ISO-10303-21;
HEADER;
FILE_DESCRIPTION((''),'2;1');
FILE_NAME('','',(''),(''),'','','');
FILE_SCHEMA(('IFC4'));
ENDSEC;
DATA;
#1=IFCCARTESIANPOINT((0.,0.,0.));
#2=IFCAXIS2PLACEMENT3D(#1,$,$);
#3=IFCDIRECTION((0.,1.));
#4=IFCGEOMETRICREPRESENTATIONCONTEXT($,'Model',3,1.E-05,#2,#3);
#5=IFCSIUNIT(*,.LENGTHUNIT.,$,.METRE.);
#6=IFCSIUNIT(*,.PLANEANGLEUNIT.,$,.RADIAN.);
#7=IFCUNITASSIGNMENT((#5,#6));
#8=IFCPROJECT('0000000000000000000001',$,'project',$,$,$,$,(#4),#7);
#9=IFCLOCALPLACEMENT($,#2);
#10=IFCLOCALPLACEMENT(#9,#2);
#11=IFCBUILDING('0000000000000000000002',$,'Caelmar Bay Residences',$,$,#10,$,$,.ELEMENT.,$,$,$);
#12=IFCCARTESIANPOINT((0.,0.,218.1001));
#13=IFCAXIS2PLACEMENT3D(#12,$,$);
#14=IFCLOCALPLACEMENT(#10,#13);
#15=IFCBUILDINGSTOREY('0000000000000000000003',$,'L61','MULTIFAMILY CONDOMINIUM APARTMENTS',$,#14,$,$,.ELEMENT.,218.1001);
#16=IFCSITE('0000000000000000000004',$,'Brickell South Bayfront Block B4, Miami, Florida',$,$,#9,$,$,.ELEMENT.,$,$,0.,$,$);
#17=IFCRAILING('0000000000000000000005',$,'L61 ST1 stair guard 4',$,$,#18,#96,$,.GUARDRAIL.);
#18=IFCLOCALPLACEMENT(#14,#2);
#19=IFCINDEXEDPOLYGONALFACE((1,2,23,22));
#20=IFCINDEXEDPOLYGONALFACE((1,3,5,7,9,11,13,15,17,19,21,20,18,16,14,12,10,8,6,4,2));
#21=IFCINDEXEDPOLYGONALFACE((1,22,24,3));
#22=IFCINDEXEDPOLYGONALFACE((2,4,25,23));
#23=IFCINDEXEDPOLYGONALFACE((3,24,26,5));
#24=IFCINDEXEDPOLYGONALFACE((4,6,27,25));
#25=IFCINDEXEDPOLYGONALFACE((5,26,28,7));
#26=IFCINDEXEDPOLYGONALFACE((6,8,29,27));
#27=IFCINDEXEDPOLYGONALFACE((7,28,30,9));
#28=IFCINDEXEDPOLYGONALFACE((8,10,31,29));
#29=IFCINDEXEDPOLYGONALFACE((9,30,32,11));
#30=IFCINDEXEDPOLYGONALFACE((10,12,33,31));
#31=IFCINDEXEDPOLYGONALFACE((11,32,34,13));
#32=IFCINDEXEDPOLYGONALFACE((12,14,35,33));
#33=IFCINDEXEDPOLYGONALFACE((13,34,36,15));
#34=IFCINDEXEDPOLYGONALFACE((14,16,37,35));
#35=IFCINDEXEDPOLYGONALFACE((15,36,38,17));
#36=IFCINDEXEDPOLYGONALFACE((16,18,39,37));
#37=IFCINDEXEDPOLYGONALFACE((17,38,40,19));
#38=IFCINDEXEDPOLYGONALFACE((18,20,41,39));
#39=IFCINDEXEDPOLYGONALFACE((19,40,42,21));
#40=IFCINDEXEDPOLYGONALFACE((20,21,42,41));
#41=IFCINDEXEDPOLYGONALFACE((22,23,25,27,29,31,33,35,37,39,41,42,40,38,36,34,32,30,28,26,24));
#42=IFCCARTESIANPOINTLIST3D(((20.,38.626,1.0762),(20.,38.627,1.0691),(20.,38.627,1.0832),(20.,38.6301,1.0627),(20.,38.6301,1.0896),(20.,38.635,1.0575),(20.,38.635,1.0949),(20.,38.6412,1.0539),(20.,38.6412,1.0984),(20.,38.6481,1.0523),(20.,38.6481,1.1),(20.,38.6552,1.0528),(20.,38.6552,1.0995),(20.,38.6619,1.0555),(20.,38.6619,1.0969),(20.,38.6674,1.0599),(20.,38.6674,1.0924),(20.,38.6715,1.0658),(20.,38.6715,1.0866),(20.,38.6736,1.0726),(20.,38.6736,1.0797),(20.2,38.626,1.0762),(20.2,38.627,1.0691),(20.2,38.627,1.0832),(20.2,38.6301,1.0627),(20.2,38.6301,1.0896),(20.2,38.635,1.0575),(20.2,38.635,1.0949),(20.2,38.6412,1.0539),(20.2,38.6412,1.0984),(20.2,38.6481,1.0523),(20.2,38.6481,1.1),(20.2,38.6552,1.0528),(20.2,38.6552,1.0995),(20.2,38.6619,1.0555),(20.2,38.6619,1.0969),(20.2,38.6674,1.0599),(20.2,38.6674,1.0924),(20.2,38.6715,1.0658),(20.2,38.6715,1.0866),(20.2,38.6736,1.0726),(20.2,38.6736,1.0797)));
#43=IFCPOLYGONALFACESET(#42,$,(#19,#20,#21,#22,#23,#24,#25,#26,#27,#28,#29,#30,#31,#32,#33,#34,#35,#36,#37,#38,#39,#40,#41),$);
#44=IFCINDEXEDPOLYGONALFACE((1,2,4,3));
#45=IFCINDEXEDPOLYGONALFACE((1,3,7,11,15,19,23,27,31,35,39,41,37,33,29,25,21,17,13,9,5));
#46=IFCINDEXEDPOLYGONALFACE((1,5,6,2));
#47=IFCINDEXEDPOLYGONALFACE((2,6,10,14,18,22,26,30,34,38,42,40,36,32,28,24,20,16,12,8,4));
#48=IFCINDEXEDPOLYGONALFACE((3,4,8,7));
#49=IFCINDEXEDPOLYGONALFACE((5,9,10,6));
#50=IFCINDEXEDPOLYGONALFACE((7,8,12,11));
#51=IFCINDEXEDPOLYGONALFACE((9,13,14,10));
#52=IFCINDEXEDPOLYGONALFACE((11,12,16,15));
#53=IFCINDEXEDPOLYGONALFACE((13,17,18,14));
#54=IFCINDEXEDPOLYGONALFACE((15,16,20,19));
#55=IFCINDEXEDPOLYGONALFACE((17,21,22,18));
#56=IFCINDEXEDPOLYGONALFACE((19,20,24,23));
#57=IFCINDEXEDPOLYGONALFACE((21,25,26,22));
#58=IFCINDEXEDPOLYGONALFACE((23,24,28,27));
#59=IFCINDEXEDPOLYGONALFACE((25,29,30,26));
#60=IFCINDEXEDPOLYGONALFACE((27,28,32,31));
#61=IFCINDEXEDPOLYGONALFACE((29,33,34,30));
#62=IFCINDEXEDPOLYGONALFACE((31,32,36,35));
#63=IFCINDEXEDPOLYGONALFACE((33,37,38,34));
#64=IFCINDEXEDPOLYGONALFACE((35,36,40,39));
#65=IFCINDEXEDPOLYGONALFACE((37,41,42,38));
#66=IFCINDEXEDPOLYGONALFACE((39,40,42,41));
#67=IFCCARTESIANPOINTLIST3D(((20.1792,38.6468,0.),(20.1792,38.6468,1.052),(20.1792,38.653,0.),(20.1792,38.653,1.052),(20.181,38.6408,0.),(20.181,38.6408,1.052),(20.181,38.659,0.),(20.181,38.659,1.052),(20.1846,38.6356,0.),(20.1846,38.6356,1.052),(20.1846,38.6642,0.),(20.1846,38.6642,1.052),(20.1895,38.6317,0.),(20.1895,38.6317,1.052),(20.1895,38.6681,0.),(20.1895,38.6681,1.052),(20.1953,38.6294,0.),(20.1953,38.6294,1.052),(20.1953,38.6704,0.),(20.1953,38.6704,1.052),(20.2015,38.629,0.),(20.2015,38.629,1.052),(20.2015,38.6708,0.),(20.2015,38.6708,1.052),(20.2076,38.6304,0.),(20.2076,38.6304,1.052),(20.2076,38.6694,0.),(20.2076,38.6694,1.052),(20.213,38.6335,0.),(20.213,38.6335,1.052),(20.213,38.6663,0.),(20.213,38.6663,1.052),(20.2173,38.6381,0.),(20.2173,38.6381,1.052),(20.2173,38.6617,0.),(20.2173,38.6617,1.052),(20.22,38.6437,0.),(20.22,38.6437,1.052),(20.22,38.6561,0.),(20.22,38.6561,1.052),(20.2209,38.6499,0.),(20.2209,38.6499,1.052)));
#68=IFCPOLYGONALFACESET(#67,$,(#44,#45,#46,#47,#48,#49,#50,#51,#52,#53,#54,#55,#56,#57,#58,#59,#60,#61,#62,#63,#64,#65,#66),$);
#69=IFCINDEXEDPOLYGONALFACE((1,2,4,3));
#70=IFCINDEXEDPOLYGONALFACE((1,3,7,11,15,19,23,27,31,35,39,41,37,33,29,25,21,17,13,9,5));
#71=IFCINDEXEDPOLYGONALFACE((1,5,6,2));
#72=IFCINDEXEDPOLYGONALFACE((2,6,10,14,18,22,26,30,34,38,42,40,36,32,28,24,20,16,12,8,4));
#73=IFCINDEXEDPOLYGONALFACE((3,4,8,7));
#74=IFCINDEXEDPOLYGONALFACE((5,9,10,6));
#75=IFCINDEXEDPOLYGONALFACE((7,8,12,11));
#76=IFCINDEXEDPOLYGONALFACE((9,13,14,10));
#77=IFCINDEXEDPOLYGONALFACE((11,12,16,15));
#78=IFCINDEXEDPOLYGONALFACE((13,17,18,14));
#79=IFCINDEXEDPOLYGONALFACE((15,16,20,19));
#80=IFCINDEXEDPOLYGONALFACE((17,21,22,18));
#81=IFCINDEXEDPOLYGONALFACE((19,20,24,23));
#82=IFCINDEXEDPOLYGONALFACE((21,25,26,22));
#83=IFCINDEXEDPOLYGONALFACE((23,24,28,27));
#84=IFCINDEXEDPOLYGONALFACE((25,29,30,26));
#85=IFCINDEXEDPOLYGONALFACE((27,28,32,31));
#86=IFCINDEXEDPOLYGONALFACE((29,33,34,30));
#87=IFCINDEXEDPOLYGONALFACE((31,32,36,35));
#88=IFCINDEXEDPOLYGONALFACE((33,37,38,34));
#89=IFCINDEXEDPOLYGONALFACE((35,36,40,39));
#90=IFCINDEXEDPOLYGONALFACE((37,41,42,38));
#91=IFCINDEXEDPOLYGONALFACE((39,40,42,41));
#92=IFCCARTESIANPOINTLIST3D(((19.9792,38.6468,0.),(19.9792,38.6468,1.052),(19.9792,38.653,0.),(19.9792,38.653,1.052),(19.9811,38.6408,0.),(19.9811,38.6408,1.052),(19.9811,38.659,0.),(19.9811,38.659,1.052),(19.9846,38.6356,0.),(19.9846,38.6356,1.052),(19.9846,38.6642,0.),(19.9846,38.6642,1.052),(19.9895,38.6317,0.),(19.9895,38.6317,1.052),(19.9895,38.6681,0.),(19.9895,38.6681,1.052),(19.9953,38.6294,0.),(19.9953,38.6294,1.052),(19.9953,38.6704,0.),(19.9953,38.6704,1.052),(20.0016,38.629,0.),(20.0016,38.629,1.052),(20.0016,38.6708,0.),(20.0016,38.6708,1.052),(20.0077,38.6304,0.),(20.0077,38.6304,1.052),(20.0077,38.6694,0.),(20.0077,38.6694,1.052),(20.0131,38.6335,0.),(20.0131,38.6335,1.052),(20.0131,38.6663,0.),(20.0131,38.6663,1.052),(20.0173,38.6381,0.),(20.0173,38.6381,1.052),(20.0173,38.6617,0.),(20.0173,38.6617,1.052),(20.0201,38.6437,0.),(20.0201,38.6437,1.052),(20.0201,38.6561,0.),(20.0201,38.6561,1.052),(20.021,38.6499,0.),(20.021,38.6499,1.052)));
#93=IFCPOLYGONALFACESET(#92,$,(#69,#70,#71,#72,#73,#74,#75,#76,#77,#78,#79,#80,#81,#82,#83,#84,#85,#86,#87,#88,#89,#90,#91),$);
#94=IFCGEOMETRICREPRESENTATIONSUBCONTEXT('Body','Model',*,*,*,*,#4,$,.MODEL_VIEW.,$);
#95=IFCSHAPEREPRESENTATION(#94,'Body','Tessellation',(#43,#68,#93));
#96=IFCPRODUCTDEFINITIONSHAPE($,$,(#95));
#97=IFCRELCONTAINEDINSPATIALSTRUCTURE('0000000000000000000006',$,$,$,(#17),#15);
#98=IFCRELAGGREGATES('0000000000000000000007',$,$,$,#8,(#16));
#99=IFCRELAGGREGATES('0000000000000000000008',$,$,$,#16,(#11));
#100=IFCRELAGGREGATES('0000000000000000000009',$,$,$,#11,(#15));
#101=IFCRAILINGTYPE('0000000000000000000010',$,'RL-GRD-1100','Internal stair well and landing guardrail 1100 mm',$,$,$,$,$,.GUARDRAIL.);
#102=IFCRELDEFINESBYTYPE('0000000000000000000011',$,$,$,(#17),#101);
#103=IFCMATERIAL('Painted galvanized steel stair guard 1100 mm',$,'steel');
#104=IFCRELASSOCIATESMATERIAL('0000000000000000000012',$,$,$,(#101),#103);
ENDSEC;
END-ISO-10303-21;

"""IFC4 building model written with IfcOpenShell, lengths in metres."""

from ifc_helpers import new_model, si_unit, direction, frame, origin, origin_2d, place, context, subcontext, project, spatial, circle, extrude, material, type_object, element, save


model = new_model("IFC4")

# Units and contexts
model_context = context("Model", 3, precision=1e-05, world=origin(), true_north=direction((0.0, 1.0)))
body_context = subcontext(model_context, "Body", "Model", "MODEL_VIEW")
ifc_project = project(units=[si_unit("LENGTHUNIT", "METRE"), si_unit("PLANEANGLEUNIT", "RADIAN")], contexts=[model_context])

# Site, building, storey
site_placement = place(None, origin())
site = spatial("IfcSite", under=ifc_project, at=site_placement, Name="Brickell South Bayfront Block B4, Miami, Florida", CompositionType="ELEMENT", RefElevation=0.0)
building_placement = place(site_placement, origin())
building = spatial("IfcBuilding", under=site, at=building_placement, Name="Caelmar Bay Residences", CompositionType="ELEMENT")
storey_placement = place(building_placement, frame((0.0, 0.0, 218.1001)))
storey = spatial("IfcBuildingStorey", under=building, at=storey_placement, Name="L61", Description="MULTIFAMILY CONDOMINIUM APARTMENTS", CompositionType="ELEMENT", Elevation=218.1001)

# Railing
ifc_material_1 = material(Name="Painted galvanized steel stair guard 1100 mm", Category="steel")
railing_type_1 = type_object("IfcRailingType", Name="RL-GRD-1100", Description="Internal stair well and landing guardrail 1100 mm", PredefinedType="GUARDRAIL", material=ifc_material_1)
railing_1_placement = place(storey_placement, frame((20.2, 38.6499, 0.0)))
element("IfcRailing", 1, at=railing_1_placement, inside=storey, type_object=railing_type_1, Name="L61 ST1 stair guard 4", PredefinedType="GUARDRAIL", context=body_context, shape_type="SweptSolid", body=[
    extrude(circle(Radius=0.0239, at=origin_2d()), frame((0.0, 0.0, 1.0762), z_axis=(-1.0, 0.0, 0.0), x_axis=(0.0, -1.0, 0.0)), (0.0, 0.0, 1.0), 0.2),
    extrude(circle(Radius=0.021, at=origin_2d()), origin(), (0.0, 0.0, 1.0), 1.052),
    extrude(circle(Radius=0.021, at=origin_2d()), frame((-0.2, 0.0, 0.0)), (0.0, 0.0, 1.0), 1.052),
])

save(model, "model.ifc")
